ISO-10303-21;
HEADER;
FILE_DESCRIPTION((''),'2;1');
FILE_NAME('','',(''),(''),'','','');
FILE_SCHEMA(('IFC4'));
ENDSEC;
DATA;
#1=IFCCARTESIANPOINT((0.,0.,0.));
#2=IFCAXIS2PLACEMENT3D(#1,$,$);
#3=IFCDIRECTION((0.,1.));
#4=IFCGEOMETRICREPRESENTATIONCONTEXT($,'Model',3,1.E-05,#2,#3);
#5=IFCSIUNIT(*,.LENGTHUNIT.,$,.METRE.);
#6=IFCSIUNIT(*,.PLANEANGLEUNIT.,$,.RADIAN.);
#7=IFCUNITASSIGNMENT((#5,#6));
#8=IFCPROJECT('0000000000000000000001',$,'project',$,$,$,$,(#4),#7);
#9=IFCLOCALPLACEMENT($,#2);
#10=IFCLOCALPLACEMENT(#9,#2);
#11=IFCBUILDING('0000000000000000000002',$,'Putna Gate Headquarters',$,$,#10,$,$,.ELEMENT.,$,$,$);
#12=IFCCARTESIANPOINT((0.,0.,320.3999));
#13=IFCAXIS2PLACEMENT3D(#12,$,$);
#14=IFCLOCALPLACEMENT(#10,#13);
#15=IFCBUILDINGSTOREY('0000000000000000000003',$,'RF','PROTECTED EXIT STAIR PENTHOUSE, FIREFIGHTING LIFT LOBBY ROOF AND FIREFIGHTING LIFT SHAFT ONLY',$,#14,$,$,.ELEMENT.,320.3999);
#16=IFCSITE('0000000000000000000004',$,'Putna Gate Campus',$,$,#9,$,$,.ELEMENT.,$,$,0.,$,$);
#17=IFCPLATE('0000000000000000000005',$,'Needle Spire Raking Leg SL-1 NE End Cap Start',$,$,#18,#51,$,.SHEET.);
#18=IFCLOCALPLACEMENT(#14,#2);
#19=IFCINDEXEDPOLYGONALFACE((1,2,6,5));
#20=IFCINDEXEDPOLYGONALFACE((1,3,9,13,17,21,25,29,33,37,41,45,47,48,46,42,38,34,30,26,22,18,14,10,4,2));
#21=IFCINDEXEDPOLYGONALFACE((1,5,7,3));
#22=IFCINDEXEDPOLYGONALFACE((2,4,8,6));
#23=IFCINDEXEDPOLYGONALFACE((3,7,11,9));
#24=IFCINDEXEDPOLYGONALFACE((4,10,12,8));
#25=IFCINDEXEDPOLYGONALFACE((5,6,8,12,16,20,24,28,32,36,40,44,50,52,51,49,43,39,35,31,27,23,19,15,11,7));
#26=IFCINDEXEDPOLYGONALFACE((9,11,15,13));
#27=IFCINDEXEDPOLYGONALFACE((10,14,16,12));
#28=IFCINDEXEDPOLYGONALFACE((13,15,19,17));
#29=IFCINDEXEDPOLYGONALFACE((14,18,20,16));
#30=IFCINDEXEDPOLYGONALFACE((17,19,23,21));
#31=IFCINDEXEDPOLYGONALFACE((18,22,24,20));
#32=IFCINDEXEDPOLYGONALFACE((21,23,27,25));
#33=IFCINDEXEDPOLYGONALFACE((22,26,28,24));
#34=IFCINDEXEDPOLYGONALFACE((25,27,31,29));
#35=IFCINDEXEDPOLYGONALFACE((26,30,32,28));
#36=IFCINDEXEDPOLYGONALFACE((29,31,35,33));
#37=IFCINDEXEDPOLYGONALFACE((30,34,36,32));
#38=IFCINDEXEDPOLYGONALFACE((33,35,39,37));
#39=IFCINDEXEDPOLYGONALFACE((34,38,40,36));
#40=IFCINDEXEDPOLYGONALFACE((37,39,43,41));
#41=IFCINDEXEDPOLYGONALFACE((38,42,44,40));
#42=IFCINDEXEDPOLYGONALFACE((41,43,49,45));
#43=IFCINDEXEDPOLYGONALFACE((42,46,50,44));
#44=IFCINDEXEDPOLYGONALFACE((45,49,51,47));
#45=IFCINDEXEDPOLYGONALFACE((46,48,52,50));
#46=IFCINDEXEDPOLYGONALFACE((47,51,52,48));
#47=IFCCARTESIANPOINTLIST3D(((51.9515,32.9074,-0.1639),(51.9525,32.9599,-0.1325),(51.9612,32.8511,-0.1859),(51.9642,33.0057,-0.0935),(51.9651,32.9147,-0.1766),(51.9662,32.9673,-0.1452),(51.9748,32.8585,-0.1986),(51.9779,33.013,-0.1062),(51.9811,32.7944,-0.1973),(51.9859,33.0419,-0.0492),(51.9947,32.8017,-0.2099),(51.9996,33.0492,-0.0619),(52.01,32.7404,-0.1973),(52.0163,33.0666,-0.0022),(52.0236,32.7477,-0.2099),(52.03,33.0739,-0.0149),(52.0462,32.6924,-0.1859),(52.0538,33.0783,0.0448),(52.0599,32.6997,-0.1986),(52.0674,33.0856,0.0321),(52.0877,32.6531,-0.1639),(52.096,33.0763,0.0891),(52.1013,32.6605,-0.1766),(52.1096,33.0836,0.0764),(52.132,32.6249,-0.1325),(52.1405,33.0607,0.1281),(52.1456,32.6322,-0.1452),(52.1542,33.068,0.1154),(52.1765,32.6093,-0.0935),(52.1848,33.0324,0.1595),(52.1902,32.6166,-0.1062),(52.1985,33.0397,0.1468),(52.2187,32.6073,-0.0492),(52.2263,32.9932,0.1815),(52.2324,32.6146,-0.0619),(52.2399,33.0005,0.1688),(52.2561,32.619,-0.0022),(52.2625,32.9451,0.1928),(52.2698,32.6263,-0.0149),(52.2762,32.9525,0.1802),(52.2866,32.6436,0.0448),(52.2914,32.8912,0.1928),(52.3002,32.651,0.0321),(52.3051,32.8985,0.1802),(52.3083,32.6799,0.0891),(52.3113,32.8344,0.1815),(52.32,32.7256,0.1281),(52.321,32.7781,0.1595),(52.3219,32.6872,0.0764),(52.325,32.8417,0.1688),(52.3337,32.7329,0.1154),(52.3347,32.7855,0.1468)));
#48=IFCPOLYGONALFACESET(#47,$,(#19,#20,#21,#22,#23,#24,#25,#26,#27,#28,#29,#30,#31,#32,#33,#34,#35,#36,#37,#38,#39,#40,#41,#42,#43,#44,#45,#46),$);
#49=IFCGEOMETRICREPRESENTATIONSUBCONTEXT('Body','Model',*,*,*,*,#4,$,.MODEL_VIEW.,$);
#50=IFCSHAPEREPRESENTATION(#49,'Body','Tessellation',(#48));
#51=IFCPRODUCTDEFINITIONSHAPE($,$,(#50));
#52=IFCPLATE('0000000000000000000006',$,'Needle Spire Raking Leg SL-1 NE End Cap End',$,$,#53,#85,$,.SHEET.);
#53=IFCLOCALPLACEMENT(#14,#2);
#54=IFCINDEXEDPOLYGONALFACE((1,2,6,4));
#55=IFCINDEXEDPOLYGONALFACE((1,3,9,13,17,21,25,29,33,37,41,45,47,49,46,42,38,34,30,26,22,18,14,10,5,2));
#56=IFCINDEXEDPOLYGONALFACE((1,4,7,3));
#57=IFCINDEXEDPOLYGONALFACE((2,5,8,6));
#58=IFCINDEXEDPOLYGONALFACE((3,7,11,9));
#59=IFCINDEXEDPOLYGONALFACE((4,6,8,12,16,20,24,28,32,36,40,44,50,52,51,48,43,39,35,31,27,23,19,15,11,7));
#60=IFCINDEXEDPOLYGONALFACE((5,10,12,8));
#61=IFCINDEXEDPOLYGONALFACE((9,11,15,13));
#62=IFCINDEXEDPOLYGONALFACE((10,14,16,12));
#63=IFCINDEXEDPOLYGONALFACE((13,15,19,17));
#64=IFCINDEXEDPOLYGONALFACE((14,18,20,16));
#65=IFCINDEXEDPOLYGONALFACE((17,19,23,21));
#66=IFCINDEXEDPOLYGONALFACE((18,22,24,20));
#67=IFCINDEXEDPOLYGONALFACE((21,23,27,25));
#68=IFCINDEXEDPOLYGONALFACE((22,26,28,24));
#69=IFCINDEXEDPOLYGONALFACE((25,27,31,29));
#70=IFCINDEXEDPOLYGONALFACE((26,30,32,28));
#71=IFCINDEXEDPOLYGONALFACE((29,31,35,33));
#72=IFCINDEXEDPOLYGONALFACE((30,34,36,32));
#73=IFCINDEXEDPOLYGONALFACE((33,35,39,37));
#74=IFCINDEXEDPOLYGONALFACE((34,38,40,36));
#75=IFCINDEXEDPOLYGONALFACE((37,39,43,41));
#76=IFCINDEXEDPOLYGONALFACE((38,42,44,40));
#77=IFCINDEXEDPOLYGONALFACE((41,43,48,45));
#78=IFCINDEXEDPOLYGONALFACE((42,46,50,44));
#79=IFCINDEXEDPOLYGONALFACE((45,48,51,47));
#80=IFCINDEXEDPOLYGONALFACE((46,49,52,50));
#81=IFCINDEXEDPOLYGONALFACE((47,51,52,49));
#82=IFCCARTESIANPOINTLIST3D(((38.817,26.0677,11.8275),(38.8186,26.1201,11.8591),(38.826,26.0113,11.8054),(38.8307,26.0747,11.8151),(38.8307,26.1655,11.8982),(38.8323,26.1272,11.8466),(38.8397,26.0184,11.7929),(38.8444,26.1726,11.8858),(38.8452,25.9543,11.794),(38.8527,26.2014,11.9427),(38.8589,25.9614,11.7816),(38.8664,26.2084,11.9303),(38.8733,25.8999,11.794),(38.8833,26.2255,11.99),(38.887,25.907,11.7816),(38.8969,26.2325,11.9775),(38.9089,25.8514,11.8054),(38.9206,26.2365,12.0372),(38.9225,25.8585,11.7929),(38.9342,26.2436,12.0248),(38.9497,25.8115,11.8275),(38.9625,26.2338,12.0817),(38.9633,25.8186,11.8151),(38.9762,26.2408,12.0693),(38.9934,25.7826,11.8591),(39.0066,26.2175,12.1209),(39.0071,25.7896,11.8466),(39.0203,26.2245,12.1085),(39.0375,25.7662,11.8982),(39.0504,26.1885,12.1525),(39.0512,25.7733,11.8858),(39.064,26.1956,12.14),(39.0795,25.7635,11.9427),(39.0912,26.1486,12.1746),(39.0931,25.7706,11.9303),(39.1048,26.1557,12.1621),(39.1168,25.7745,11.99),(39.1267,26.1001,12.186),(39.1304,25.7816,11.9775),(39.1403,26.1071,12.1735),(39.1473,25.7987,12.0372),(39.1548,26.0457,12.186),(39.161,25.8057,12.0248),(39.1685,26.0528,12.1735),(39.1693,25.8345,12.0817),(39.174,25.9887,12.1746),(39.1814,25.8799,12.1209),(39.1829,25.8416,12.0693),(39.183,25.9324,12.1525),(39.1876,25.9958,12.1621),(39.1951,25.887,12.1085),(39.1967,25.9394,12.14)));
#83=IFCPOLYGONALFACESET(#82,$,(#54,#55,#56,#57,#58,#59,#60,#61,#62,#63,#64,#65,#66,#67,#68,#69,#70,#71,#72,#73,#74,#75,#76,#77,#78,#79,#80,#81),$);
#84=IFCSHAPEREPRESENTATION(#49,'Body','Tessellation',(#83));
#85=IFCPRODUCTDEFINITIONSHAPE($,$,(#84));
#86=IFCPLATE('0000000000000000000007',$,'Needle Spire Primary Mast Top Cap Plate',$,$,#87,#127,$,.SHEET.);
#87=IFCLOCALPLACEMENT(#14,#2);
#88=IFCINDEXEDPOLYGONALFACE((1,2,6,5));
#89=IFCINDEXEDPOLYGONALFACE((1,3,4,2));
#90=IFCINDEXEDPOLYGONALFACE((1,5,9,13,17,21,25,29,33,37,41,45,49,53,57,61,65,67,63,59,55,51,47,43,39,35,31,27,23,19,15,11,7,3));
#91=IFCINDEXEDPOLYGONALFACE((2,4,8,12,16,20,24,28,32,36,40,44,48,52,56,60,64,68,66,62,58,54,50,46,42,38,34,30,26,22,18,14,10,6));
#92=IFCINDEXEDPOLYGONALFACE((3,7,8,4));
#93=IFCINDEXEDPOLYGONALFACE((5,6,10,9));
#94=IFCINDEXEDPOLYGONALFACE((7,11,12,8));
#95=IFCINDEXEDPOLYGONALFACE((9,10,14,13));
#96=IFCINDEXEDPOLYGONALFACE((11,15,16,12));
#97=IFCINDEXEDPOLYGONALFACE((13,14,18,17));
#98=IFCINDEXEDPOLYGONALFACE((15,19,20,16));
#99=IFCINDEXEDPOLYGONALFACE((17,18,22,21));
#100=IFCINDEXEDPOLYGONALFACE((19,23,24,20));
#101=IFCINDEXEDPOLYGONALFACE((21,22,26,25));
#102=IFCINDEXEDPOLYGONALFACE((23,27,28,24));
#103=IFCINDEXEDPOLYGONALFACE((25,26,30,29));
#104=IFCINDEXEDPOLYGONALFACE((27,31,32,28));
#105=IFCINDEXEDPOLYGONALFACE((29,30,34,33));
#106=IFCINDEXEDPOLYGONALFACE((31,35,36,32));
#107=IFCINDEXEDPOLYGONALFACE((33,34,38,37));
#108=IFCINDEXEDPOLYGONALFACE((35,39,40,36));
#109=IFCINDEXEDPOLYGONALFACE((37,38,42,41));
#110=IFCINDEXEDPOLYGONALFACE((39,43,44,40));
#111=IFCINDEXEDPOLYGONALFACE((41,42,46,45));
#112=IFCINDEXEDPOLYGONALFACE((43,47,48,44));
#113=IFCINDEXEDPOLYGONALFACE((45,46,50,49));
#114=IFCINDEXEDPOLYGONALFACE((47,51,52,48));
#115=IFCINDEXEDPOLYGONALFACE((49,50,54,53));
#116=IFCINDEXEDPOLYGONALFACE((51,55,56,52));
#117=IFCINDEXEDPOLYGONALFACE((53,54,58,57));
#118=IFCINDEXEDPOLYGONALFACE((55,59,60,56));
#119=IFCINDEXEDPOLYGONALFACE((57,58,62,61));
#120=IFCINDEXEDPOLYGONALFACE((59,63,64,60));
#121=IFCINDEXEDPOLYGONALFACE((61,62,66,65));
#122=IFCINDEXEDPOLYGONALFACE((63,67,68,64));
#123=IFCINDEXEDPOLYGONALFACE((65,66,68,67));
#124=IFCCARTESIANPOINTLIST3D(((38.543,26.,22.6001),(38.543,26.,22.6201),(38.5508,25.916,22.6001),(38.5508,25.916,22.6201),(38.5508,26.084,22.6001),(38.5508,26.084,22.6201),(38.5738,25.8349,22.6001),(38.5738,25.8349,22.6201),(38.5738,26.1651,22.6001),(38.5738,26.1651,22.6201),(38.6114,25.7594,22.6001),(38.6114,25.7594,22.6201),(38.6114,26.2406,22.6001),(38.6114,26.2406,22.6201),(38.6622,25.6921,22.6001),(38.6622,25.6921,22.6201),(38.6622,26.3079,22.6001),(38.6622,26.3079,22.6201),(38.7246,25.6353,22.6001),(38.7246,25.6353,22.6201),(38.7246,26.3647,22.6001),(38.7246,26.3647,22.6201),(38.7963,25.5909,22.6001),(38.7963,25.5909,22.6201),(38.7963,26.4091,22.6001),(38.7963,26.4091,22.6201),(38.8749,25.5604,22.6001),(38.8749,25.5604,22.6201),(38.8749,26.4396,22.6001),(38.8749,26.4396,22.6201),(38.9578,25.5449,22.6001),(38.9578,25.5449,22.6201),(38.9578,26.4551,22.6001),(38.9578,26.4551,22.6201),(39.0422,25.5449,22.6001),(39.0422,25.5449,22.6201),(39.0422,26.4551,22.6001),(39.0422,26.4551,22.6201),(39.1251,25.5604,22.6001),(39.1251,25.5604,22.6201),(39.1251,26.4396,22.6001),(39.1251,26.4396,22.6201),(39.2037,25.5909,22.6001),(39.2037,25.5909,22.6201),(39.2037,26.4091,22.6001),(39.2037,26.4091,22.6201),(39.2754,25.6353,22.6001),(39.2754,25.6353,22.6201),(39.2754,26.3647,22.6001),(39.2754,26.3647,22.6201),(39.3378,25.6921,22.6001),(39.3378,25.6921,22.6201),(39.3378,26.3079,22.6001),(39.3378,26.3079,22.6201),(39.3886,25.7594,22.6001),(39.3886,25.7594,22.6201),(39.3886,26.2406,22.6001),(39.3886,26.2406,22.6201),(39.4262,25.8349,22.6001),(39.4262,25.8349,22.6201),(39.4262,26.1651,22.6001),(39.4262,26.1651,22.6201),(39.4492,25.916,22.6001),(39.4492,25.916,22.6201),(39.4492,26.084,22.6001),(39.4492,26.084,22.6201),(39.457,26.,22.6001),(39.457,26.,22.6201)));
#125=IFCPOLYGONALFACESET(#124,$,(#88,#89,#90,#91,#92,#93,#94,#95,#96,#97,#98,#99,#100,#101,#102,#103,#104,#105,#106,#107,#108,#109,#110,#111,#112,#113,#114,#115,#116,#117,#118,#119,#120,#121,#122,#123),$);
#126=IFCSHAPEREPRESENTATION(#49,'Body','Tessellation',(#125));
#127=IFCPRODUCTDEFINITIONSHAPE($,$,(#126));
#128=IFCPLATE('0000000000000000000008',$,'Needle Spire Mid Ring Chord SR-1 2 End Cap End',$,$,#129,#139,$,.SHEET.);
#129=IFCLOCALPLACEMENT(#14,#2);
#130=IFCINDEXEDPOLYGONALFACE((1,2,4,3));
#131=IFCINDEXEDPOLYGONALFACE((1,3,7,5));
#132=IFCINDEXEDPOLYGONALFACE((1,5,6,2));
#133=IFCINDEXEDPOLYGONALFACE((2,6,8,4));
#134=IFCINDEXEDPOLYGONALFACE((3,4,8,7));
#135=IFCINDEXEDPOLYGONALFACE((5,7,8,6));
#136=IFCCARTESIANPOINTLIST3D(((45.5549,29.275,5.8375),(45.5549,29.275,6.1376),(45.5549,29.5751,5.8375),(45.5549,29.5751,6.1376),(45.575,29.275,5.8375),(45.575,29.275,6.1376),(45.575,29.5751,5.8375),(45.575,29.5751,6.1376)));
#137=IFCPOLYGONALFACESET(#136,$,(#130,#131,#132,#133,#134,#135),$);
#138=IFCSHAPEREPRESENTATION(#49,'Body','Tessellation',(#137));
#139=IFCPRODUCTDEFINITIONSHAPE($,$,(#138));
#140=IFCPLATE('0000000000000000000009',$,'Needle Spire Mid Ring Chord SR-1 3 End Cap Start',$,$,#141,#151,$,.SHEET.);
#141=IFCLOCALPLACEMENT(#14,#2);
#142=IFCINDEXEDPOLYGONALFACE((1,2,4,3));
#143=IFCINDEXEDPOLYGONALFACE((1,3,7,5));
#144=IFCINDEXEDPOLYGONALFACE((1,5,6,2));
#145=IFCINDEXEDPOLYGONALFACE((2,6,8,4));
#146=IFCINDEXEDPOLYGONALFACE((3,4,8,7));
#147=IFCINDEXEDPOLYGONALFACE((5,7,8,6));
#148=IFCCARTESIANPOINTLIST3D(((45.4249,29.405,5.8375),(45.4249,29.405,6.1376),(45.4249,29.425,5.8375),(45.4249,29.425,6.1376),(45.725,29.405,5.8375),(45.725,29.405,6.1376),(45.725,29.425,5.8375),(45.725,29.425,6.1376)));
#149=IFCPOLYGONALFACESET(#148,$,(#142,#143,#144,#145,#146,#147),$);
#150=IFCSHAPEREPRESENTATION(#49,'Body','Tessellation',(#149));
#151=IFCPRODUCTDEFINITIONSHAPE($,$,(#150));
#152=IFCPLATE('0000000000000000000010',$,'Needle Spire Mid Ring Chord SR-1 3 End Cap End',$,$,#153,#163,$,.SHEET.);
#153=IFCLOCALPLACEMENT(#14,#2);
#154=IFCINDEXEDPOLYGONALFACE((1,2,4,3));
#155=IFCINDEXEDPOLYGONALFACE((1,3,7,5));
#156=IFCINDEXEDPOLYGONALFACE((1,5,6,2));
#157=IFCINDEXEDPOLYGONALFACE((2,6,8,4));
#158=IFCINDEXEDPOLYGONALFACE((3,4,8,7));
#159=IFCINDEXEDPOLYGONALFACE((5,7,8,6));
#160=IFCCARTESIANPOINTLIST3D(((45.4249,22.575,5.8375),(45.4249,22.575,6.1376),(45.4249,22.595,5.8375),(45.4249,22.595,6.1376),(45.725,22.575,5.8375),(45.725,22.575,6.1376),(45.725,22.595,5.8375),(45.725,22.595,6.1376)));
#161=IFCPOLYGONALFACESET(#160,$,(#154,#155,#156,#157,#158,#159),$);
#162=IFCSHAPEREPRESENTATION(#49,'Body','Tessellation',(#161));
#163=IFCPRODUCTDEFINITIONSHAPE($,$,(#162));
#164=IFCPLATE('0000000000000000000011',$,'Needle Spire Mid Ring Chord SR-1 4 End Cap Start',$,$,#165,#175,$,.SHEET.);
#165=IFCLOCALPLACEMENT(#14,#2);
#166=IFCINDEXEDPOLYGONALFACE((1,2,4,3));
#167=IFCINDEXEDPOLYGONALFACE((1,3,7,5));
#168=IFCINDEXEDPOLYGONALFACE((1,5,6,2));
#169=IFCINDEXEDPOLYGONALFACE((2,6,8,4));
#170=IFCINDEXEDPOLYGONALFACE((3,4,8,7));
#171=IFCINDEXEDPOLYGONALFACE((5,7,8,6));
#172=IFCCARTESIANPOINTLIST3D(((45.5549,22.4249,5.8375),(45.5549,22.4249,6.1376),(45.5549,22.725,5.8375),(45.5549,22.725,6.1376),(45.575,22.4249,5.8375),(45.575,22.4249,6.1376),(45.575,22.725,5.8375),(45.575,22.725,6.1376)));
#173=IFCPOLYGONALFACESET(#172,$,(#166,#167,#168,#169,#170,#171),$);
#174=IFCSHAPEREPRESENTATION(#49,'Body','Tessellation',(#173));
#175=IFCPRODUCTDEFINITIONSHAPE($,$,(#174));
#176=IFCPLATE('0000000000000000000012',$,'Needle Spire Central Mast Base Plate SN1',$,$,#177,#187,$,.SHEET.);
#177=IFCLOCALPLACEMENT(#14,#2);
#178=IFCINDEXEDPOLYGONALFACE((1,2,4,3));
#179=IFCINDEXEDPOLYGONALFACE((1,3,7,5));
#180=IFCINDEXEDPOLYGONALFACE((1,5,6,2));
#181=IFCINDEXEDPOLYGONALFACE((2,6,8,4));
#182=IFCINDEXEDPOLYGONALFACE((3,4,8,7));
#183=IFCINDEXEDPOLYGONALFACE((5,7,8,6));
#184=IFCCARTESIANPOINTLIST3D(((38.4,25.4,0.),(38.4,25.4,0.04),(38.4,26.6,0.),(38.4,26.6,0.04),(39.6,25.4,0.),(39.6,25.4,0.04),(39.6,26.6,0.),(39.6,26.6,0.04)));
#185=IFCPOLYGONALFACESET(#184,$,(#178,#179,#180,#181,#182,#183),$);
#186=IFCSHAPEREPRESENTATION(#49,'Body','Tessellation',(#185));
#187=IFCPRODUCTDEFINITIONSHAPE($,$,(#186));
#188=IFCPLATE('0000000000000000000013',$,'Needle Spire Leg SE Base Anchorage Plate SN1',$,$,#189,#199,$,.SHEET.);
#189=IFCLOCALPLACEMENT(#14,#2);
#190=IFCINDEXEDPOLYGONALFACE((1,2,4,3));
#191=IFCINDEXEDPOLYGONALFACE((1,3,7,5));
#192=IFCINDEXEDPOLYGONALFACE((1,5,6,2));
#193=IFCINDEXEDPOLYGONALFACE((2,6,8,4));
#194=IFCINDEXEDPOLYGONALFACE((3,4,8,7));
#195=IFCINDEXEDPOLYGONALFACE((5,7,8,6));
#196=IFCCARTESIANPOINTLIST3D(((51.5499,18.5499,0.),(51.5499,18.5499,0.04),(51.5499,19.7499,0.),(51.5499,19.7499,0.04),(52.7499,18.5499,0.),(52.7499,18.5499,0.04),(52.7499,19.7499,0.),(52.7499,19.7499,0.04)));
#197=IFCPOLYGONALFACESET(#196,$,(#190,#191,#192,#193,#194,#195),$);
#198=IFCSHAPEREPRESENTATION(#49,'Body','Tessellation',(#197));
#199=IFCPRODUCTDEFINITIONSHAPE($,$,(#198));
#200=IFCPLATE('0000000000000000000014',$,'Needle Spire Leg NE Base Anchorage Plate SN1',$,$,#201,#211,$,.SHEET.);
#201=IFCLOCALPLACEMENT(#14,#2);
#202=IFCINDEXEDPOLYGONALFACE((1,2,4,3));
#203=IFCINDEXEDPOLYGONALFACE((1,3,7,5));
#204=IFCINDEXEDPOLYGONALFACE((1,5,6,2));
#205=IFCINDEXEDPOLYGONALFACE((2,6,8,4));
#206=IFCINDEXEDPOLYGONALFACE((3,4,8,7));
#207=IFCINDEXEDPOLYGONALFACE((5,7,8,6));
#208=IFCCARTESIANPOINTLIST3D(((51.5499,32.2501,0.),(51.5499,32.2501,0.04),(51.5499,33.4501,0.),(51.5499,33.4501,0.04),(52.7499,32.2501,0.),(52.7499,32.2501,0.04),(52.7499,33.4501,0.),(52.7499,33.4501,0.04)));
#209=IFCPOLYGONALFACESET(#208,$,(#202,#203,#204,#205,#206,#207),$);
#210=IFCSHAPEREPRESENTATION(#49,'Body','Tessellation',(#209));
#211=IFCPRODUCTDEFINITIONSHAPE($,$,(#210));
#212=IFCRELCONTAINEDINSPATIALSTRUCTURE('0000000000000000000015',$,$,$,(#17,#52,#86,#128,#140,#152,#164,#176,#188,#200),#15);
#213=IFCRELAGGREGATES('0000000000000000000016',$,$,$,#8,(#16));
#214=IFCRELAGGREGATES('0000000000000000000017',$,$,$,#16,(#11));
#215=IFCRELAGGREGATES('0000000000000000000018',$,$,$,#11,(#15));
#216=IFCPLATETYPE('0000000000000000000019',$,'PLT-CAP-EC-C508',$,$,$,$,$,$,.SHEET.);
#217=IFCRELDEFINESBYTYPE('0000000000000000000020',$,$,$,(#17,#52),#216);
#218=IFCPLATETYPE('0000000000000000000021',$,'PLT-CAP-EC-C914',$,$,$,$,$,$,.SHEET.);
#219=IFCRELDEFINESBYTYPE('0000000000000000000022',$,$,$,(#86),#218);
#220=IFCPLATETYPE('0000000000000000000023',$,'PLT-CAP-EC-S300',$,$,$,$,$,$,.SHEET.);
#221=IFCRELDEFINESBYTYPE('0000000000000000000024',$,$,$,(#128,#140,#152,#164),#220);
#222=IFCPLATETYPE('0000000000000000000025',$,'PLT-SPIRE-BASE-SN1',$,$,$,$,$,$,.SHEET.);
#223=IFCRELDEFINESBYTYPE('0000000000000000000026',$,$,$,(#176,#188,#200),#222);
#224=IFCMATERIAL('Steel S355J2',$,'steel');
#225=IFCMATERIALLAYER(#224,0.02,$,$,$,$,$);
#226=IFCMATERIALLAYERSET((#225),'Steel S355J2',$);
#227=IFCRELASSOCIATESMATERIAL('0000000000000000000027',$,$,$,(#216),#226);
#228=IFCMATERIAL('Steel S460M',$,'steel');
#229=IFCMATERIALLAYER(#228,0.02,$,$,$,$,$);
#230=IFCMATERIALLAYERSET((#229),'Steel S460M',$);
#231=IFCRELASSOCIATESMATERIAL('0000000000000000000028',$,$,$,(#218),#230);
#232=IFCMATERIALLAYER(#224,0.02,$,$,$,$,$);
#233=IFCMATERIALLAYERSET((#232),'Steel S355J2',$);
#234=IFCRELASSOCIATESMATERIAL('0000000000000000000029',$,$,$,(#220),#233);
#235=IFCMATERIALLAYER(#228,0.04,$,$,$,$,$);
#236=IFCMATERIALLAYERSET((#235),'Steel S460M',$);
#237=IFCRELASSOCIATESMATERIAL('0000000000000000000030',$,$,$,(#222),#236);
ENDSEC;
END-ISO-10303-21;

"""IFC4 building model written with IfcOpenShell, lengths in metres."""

from ifc_helpers import new_model, si_unit, direction, frame, origin, origin_2d, place, context, subcontext, project, spatial, rectangle, circle, extrude, material, layer, layer_set, type_object, element, save


model = new_model("IFC4")

# Units and contexts
model_context = context("Model", 3, precision=1e-05, world=origin(), true_north=direction((0.0, 1.0)))
body_context = subcontext(model_context, "Body", "Model", "MODEL_VIEW")
ifc_project = project(units=[si_unit("LENGTHUNIT", "METRE"), si_unit("PLANEANGLEUNIT", "RADIAN")], contexts=[model_context])

# Site, building, storey
site_placement = place(None, origin())
site = spatial("IfcSite", under=ifc_project, at=site_placement, Name="Putna Gate Campus", CompositionType="ELEMENT", RefElevation=0.0)
building_placement = place(site_placement, origin())
building = spatial("IfcBuilding", under=site, at=building_placement, Name="Putna Gate Headquarters", CompositionType="ELEMENT")
storey_placement = place(building_placement, frame((0.0, 0.0, 320.3999)))
storey = spatial("IfcBuildingStorey", under=building, at=storey_placement, Name="RF", Description="PROTECTED EXIT STAIR PENTHOUSE, FIREFIGHTING LIFT LOBBY ROOF AND FIREFIGHTING LIFT SHAFT ONLY", CompositionType="ELEMENT", Elevation=320.3999)

# Shared definitions
ifc_material_1 = material(Name="Steel S460M", Category="steel")

# Plates
ifc_material_2 = material(Name="Steel S355J2", Category="steel")
ifc_layer_1 = layer(ifc_material_2, 0.02)
ifc_layer_set_1 = layer_set([ifc_layer_1], Name="Steel S355J2")
plate_type_1 = type_object("IfcPlateType", Name="PLT-CAP-EC-C508", PredefinedType="SHEET", material=ifc_layer_set_1)
plate_1_placement = place(storey_placement, frame((52.1499, 32.8501, -0.0149), z_axis=(-0.682116, -0.365419, 0.633393), x_axis=(0.472221, -0.88148, 0.0)))
element("IfcPlate", 1, at=plate_1_placement, inside=storey, type_object=plate_type_1, Name="Needle Spire Raking Leg SL-1 NE End Cap Start", PredefinedType="SHEET", context=body_context, shape_type="SweptSolid", body=[
    extrude(circle(Radius=0.2539, at=origin_2d()), origin(), (0.0, 0.0, 1.0), 0.02),
])
plate_2_placement = place(storey_placement, frame((39.0137, 26.0071, 11.9775), z_axis=(-0.690464, -0.357562, 0.628816), x_axis=(0.459854, -0.887994, 0.0)))
element("IfcPlate", 2, at=plate_2_placement, inside=storey, type_object=plate_type_1, Name="Needle Spire Raking Leg SL-1 NE End Cap End", PredefinedType="SHEET", context=body_context, shape_type="SweptSolid", body=[
    extrude(circle(Radius=0.2539, at=origin_2d()), origin(), (0.0, 0.0, 1.0), 0.0198),
])
ifc_layer_2 = layer(ifc_material_1, 0.02)
ifc_layer_set_2 = layer_set([ifc_layer_2], Name="Steel S460M")
plate_type_2 = type_object("IfcPlateType", Name="PLT-CAP-EC-C914", PredefinedType="SHEET", material=ifc_layer_set_2)
plate_3_placement = place(storey_placement, frame((39.0, 26.0, 22.6001), z_axis=(0.0, 0.0, 1.0), x_axis=(1.0, 0.0, 0.0)))
element("IfcPlate", 3, at=plate_3_placement, inside=storey, type_object=plate_type_2, Name="Needle Spire Primary Mast Top Cap Plate", PredefinedType="SHEET", context=body_context, shape_type="SweptSolid", body=[
    extrude(circle(Radius=0.457, at=origin_2d()), origin(), (0.0, 0.0, 1.0), 0.02),
])
ifc_layer_3 = layer(ifc_material_2, 0.02)
ifc_layer_set_3 = layer_set([ifc_layer_3], Name="Steel S355J2")
plate_type_3 = type_object("IfcPlateType", Name="PLT-CAP-EC-S300", PredefinedType="SHEET", material=ifc_layer_set_3)
for number, where, z_axis, x_axis, name in (
    (4, (45.5549, 29.425, 5.9875), (1.0, 0.0, 0.0), (0.0, 1.0, 0.0), "Needle Spire Mid Ring Chord SR-1 2 End Cap End"),
    (5, (45.575, 29.425, 5.9875), (0.0, -1.0, 0.0), (1.0, 0.0, 0.0), "Needle Spire Mid Ring Chord SR-1 3 End Cap Start"),
    (6, (45.575, 22.595, 5.9875), (0.0, -1.0, 0.0), (1.0, 0.0, 0.0), "Needle Spire Mid Ring Chord SR-1 3 End Cap End"),
    (7, (45.575, 22.575, 5.9875), (-1.0, 0.0, 0.0), (0.0, -1.0, 0.0), "Needle Spire Mid Ring Chord SR-1 4 End Cap Start"),
):
    element("IfcPlate", number, at=place(storey_placement, frame(where, z_axis=z_axis, x_axis=x_axis)), inside=storey, type_object=plate_type_3, Name=name, PredefinedType="SHEET", context=body_context, shape_type="SweptSolid", body=[
        extrude(rectangle(XDim=0.3, YDim=0.3, at=origin_2d()), origin(), (0.0, 0.0, 1.0), 0.02),
    ])
ifc_layer_4 = layer(ifc_material_1, 0.04)
ifc_layer_set_4 = layer_set([ifc_layer_4], Name="Steel S460M")
plate_type_4 = type_object("IfcPlateType", Name="PLT-SPIRE-BASE-SN1", PredefinedType="SHEET", material=ifc_layer_set_4)
for number, where, z_axis, x_axis, name in (
    (8, (39.0, 26.0, 0.0), (0.0, 0.0, 1.0), (1.0, 0.0, 0.0), "Needle Spire Central Mast Base Plate SN1"),
    (9, (52.1499, 19.1499, 0.0), (0.0, 0.0, 1.0), (1.0, 0.0, 0.0), "Needle Spire Leg SE Base Anchorage Plate SN1"),
    (10, (52.1499, 32.8501, 0.0), (0.0, 0.0, 1.0), (1.0, 0.0, 0.0), "Needle Spire Leg NE Base Anchorage Plate SN1"),
):
    element("IfcPlate", number, at=place(storey_placement, frame(where, z_axis=z_axis, x_axis=x_axis)), inside=storey, type_object=plate_type_4, Name=name, PredefinedType="SHEET", context=body_context, shape_type="SweptSolid", body=[
        extrude(rectangle(XDim=1.2, YDim=1.2, at=origin_2d()), origin(), (0.0, 0.0, 1.0), 0.04),
    ])

save(model, "model.ifc")
